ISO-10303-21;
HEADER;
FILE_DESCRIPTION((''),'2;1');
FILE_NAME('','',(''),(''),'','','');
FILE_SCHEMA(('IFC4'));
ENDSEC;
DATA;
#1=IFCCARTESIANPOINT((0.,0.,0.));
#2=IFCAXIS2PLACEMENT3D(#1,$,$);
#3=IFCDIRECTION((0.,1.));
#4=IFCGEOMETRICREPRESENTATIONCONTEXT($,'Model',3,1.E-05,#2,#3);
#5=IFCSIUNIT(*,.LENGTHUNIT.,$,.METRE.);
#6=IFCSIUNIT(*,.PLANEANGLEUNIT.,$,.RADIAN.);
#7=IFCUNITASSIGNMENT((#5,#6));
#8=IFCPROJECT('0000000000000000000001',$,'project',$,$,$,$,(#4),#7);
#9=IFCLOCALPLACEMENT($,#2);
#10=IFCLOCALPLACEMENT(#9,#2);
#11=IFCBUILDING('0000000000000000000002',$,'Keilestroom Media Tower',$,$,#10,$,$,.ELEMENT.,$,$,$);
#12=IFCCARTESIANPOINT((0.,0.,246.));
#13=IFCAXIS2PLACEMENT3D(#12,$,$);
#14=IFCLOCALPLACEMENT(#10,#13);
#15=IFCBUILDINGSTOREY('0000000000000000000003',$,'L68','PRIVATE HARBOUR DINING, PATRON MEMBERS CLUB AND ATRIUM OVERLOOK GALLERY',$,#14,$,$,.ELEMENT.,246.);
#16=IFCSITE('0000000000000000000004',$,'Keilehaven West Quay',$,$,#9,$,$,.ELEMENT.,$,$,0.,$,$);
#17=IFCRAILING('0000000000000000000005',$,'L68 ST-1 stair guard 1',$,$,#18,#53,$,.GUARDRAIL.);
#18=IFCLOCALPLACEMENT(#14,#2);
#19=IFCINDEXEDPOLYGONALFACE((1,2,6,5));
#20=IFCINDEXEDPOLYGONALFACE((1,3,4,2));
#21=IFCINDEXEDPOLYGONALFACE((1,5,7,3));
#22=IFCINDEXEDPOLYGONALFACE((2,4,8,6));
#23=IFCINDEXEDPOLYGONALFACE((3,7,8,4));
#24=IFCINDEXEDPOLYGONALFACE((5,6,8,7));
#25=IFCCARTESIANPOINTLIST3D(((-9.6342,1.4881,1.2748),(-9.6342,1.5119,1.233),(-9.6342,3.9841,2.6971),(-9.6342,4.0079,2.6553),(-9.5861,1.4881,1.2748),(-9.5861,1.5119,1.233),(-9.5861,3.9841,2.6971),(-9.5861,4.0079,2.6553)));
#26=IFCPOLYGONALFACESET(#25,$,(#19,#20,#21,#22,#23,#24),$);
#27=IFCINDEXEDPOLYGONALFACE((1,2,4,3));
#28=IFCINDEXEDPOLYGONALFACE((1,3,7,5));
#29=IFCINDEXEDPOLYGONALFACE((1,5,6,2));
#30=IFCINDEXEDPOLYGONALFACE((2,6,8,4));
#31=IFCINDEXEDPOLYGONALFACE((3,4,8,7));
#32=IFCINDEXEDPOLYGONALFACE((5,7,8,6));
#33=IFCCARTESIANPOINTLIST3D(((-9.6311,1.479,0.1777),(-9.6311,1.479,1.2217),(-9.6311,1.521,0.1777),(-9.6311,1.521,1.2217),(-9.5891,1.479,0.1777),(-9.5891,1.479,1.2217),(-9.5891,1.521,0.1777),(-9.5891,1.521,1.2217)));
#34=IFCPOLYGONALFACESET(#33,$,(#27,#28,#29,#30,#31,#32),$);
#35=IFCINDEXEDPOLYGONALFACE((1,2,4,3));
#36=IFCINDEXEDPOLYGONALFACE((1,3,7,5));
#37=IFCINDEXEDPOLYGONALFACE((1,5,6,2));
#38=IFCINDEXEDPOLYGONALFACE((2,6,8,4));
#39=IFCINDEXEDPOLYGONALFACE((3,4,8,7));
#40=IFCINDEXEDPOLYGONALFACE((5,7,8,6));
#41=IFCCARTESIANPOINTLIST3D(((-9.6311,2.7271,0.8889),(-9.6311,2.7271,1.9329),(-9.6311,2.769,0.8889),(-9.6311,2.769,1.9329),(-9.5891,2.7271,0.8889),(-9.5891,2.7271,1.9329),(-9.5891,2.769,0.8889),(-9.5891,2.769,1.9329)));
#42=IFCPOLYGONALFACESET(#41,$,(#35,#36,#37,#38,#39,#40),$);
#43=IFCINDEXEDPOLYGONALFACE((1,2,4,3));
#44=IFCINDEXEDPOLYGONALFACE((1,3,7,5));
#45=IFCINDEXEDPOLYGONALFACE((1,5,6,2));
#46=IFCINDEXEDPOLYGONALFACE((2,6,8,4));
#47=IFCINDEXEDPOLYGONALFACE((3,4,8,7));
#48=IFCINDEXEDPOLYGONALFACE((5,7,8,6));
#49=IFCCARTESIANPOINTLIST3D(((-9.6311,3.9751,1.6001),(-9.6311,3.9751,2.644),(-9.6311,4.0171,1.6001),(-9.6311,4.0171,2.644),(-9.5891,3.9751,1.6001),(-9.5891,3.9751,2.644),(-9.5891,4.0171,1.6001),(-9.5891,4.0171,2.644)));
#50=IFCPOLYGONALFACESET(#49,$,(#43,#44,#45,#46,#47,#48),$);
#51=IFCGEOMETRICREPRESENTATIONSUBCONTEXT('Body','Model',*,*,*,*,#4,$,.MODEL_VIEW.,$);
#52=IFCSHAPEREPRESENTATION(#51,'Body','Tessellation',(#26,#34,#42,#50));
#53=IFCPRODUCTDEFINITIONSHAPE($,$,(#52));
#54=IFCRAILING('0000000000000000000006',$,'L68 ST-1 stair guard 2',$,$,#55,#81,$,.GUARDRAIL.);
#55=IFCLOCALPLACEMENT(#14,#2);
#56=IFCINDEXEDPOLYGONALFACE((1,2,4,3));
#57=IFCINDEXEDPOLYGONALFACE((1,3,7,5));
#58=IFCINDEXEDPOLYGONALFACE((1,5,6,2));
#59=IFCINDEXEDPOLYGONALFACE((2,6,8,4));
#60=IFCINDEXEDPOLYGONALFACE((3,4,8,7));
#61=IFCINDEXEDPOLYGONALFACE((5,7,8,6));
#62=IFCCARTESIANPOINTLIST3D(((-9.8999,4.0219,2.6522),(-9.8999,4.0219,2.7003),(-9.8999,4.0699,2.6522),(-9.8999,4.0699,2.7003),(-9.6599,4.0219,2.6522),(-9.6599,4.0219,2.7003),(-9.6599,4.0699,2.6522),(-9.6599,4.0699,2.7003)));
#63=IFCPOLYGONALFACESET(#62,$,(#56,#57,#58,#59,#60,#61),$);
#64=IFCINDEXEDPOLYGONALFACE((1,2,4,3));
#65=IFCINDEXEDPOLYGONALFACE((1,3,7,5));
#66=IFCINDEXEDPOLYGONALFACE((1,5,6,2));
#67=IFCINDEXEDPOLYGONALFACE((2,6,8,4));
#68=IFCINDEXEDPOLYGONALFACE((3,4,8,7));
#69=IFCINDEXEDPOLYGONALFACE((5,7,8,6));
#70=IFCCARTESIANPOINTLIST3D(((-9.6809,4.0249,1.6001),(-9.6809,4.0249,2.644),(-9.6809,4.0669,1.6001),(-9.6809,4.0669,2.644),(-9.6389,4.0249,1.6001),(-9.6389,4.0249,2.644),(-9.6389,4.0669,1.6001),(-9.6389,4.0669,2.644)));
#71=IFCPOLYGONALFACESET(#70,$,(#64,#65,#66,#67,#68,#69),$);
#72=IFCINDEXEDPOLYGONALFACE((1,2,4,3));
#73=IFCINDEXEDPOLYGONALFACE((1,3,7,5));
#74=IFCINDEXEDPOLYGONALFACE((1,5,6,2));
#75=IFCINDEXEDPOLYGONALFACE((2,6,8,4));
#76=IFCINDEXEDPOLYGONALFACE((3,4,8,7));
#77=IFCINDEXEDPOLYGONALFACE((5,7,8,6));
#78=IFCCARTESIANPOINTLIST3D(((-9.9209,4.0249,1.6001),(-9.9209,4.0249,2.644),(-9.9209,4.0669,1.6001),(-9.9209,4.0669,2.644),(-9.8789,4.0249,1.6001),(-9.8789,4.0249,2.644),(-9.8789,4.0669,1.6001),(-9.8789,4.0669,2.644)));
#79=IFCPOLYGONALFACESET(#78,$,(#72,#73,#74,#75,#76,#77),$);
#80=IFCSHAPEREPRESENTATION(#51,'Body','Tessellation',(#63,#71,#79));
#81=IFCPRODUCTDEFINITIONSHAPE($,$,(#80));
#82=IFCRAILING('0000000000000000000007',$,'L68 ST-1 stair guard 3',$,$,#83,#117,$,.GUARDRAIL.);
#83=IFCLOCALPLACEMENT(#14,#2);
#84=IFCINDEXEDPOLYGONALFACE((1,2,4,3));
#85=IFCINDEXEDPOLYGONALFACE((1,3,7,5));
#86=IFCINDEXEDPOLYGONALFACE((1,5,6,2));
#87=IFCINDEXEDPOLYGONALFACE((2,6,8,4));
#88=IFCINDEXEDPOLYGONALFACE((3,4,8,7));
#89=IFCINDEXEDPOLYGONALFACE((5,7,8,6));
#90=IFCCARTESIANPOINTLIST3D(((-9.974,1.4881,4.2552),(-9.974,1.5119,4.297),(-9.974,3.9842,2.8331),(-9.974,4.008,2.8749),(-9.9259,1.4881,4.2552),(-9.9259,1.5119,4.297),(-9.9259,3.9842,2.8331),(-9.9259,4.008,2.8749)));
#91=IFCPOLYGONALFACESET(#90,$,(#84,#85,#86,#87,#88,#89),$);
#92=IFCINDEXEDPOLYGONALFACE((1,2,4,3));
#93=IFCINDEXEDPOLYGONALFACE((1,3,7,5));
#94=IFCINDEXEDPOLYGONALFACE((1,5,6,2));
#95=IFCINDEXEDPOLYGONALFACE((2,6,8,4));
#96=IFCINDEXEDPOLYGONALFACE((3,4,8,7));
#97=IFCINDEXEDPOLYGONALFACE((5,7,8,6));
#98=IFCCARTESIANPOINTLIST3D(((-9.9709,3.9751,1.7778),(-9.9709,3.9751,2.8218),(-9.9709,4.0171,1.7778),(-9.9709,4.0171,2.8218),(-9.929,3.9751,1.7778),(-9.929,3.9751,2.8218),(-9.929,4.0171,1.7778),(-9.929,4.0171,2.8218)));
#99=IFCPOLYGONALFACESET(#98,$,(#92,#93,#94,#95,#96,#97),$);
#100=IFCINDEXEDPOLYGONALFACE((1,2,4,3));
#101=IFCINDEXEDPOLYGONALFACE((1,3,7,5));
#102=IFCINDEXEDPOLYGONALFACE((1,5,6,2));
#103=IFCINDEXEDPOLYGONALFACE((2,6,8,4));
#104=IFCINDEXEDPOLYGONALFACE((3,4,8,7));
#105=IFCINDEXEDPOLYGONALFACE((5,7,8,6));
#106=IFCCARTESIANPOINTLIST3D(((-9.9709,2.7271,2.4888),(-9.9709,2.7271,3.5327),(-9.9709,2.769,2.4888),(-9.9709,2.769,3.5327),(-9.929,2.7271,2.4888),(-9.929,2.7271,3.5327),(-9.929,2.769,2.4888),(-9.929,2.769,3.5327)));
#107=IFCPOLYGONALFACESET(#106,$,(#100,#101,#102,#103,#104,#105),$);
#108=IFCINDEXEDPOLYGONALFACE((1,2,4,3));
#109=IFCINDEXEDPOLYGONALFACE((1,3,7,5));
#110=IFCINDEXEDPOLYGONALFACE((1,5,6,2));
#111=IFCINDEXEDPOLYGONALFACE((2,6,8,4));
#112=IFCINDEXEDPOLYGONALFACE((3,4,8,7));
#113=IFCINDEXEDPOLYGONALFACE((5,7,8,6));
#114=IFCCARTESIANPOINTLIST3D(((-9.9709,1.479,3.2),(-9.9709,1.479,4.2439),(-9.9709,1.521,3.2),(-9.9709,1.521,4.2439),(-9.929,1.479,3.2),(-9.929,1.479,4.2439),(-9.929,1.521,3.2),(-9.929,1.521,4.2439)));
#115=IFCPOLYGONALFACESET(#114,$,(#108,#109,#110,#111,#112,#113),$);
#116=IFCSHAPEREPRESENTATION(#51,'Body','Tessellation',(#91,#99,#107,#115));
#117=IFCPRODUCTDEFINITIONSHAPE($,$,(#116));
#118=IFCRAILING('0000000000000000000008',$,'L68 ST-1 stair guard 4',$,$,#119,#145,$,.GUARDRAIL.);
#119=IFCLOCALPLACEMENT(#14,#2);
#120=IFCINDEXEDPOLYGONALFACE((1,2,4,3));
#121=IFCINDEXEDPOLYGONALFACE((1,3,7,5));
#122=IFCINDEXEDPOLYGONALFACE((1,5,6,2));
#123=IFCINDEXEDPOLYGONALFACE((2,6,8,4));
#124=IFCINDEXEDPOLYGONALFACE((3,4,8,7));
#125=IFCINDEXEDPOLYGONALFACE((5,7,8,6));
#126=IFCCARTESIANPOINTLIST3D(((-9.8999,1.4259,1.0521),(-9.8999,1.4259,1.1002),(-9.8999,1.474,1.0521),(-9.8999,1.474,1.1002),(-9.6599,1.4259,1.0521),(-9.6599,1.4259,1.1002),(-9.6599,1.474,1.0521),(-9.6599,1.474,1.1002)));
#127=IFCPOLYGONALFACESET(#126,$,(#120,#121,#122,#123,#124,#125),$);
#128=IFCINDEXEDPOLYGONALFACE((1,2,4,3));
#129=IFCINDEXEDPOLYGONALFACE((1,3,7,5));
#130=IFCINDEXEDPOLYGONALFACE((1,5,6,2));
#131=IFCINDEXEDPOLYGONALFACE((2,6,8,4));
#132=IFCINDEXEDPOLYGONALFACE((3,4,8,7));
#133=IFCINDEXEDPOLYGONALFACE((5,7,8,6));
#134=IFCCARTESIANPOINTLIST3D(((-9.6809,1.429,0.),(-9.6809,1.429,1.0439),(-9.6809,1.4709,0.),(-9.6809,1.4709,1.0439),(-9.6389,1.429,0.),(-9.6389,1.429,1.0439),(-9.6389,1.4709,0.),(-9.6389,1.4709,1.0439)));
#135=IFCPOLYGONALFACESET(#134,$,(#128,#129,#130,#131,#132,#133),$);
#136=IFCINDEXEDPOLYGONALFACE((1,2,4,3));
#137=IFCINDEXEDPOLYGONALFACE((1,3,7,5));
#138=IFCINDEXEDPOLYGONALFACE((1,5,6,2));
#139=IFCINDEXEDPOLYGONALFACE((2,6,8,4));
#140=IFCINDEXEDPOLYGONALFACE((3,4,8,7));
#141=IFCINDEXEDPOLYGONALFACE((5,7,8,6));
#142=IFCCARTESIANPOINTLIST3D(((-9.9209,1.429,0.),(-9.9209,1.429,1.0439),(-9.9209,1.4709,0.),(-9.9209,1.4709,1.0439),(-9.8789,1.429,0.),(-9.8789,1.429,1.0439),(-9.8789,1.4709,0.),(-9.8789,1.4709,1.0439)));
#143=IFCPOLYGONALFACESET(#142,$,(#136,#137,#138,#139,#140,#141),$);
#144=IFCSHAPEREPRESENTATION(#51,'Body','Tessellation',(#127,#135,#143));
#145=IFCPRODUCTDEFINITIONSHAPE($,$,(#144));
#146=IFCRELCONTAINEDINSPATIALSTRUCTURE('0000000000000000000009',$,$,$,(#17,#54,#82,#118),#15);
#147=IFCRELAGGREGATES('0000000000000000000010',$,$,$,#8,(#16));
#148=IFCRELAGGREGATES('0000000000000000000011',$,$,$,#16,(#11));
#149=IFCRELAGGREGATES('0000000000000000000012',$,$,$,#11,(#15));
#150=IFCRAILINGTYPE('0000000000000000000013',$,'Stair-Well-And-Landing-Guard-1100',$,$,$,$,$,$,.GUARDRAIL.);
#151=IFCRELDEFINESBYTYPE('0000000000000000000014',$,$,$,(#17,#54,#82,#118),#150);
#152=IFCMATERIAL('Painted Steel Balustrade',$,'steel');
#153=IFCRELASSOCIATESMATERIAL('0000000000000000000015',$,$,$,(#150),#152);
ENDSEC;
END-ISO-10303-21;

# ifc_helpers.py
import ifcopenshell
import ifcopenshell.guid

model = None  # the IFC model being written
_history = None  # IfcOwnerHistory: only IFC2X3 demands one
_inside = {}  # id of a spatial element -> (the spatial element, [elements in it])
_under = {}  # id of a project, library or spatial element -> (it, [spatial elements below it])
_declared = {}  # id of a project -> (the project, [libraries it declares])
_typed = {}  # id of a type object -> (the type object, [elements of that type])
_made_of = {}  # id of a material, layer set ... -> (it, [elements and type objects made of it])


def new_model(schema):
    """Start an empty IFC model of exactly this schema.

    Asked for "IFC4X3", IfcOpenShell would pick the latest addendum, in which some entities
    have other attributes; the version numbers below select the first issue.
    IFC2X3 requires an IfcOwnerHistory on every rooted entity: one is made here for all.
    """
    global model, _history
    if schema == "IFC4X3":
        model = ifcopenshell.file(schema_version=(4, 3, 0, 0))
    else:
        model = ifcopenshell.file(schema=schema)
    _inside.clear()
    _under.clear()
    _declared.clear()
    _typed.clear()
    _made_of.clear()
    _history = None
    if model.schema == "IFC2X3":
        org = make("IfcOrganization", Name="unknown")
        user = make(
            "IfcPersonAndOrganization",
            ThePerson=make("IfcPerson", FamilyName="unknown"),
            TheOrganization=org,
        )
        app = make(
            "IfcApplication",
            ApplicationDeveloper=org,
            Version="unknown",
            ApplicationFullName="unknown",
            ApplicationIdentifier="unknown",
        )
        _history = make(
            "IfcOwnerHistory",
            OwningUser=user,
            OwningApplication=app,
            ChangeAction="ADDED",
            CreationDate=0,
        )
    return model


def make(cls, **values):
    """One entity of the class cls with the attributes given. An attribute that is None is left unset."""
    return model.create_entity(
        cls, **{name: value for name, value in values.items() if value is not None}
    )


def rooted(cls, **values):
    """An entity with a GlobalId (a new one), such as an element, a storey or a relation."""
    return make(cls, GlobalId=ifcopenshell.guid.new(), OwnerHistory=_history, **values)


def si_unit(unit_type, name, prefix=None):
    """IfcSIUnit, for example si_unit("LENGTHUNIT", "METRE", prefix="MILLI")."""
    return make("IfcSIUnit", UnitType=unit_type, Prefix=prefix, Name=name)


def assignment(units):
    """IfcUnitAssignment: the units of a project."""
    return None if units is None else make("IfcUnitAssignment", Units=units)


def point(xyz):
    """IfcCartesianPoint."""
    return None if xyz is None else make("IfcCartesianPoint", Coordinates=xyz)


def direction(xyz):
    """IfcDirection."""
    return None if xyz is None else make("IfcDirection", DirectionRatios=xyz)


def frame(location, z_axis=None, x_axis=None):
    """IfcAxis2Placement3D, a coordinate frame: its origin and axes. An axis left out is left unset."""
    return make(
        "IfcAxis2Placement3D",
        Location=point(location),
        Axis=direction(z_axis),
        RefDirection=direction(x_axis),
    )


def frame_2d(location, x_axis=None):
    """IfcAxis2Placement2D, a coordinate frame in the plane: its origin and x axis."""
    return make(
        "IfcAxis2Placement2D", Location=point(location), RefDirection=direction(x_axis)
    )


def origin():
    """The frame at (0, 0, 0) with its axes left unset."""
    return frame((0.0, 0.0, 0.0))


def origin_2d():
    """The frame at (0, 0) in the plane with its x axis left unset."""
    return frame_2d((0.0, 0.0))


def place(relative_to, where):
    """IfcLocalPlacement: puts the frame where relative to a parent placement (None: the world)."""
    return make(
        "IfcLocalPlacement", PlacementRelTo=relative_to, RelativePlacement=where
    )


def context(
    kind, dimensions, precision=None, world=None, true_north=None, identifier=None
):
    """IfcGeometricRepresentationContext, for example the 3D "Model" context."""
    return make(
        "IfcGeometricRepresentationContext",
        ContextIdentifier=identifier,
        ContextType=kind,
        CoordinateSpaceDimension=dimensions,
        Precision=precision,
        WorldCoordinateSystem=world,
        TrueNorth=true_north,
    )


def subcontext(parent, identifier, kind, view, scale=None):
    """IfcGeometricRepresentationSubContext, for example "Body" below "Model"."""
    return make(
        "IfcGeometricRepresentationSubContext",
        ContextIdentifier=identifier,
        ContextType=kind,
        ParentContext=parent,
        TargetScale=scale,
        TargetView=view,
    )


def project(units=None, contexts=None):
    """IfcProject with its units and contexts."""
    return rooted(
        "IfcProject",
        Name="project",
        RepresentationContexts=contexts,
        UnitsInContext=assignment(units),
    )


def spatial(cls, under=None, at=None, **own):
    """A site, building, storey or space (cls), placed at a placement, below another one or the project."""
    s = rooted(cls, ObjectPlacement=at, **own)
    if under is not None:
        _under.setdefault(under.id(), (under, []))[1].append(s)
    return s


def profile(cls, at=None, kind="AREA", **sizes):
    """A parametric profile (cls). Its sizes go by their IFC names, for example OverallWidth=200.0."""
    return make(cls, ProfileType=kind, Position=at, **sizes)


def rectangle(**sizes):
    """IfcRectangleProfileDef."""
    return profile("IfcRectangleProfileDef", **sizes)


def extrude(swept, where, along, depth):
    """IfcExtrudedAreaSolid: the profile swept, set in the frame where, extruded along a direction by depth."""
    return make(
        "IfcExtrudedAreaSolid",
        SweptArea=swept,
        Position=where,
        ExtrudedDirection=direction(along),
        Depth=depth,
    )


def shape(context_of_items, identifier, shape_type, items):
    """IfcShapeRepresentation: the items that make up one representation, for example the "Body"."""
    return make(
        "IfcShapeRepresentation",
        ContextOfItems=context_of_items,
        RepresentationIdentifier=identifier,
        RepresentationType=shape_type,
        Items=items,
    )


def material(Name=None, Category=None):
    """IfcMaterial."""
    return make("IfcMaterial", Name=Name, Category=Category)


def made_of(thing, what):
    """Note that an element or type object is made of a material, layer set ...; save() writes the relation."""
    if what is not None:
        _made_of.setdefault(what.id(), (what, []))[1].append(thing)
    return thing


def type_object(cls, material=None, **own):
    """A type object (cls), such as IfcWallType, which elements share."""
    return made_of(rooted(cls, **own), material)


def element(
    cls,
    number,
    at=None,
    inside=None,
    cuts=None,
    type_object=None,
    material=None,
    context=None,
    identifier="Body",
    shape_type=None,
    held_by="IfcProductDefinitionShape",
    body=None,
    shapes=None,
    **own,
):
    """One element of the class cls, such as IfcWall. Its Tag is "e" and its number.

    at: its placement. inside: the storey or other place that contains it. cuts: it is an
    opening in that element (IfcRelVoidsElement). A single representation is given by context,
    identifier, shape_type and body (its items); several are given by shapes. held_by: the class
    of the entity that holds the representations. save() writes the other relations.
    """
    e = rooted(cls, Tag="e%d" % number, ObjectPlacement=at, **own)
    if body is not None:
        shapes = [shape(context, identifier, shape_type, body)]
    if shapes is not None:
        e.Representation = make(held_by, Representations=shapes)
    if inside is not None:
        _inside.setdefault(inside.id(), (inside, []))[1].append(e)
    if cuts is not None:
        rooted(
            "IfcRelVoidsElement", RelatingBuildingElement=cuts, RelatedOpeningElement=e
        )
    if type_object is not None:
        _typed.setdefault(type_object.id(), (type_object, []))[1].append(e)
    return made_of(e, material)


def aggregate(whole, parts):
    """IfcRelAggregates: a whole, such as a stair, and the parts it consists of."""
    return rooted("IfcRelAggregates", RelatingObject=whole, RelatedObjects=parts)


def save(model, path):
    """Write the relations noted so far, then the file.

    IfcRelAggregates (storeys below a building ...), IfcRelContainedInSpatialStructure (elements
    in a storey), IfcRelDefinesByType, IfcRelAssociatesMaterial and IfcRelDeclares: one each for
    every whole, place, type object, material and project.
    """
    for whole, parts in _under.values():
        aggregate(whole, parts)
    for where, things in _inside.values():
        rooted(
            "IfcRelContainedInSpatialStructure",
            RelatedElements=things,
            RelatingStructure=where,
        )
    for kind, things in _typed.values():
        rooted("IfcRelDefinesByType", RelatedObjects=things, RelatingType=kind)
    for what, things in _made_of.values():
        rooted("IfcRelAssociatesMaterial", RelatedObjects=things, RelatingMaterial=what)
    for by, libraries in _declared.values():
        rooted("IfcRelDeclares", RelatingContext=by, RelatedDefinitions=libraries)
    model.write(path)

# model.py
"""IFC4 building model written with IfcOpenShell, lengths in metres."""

from ifc_helpers import new_model, si_unit, direction, frame, origin, origin_2d, place, context, subcontext, project, spatial, rectangle, extrude, material, type_object, element, save


model = new_model("IFC4")

# Units and contexts
model_context = context("Model", 3, precision=1e-05, world=origin(), true_north=direction((0.0, 1.0)))
body_context = subcontext(model_context, "Body", "Model", "MODEL_VIEW")
ifc_project = project(units=[si_unit("LENGTHUNIT", "METRE"), si_unit("PLANEANGLEUNIT", "RADIAN")], contexts=[model_context])

# Site, building, storey
site_placement = place(None, origin())
site = spatial("IfcSite", under=ifc_project, at=site_placement, Name="Keilehaven West Quay", CompositionType="ELEMENT", RefElevation=0.0)
building_placement = place(site_placement, origin())
building = spatial("IfcBuilding", under=site, at=building_placement, Name="Keilestroom Media Tower", CompositionType="ELEMENT")
storey_placement = place(building_placement, frame((0.0, 0.0, 246.0)))
storey = spatial("IfcBuildingStorey", under=building, at=storey_placement, Name="L68", Description="PRIVATE HARBOUR DINING, PATRON MEMBERS CLUB AND ATRIUM OVERLOOK GALLERY", CompositionType="ELEMENT", Elevation=246.0)

# Railings
ifc_material_1 = material(Name="Painted Steel Balustrade", Category="steel")
railing_type_1 = type_object("IfcRailingType", Name="Stair-Well-And-Landing-Guard-1100", PredefinedType="GUARDRAIL", material=ifc_material_1)
railing_1_placement = place(storey_placement, frame((-9.6101, 1.5, 0.1777)))
element("IfcRailing", 1, at=railing_1_placement, inside=storey, type_object=railing_type_1, Name="L68 ST-1 stair guard 1", PredefinedType="GUARDRAIL", context=body_context, shape_type="SweptSolid", body=[
    extrude(rectangle(XDim=0.0481, YDim=0.0481, at=origin_2d()), frame((0.0, 0.0, 1.0762), z_axis=(0.0, 0.868839, 0.495095), x_axis=(-1.0, 0.0, 0.0)), (0.0, 0.0, 1.0), 2.8728),
    extrude(rectangle(XDim=0.042, YDim=0.042, at=origin_2d()), origin(), (0.0, 0.0, 1.0), 1.0439),
    extrude(rectangle(XDim=0.042, YDim=0.042, at=origin_2d()), frame((0.0, 1.248, 0.7112)), (0.0, 0.0, 1.0), 1.0439),
    extrude(rectangle(XDim=0.042, YDim=0.042, at=origin_2d()), frame((0.0, 2.4961, 1.4224)), (0.0, 0.0, 1.0), 1.0439),
])
railing_2_placement = place(storey_placement, frame((-9.6599, 4.0459, 1.6001)))
element("IfcRailing", 2, at=railing_2_placement, inside=storey, type_object=railing_type_1, Name="L68 ST-1 stair guard 2", PredefinedType="GUARDRAIL", context=body_context, shape_type="SweptSolid", body=[
    extrude(rectangle(XDim=0.0481, YDim=0.0481, at=origin_2d()), frame((0.0, 0.0, 1.0762), z_axis=(-1.0, 0.0, 0.0), x_axis=(0.0, -1.0, 0.0)), (0.0, 0.0, 1.0), 0.24),
    extrude(rectangle(XDim=0.042, YDim=0.042, at=origin_2d()), origin(), (0.0, 0.0, 1.0), 1.0439),
    extrude(rectangle(XDim=0.042, YDim=0.042, at=origin_2d()), frame((-0.24, 0.0, 0.0)), (0.0, 0.0, 1.0), 1.0439),
])
railing_3_placement = place(storey_placement, frame((-9.95, 3.9961, 1.7778)))
element("IfcRailing", 3, at=railing_3_placement, inside=storey, type_object=railing_type_1, Name="L68 ST-1 stair guard 3", PredefinedType="GUARDRAIL", context=body_context, shape_type="SweptSolid", body=[
    extrude(rectangle(XDim=0.0481, YDim=0.0481, at=origin_2d()), frame((0.0, 0.0, 1.0762), z_axis=(0.0, -0.868875, 0.495031), x_axis=(1.0, 0.0, 0.0)), (0.0, 0.0, 1.0), 2.8728),
    extrude(rectangle(XDim=0.042, YDim=0.042, at=origin_2d()), origin(), (0.0, 0.0, 1.0), 1.0439),
    extrude(rectangle(XDim=0.042, YDim=0.042, at=origin_2d()), frame((0.0, -1.248, 0.7109)), (0.0, 0.0, 1.0), 1.0439),
    extrude(rectangle(XDim=0.042, YDim=0.042, at=origin_2d()), frame((0.0, -2.4961, 1.4221)), (0.0, 0.0, 1.0), 1.0439),
])
railing_4_placement = place(storey_placement, frame((-9.6599, 1.45, 0.0)))
element("IfcRailing", 4, at=railing_4_placement, inside=storey, type_object=railing_type_1, Name="L68 ST-1 stair guard 4", PredefinedType="GUARDRAIL", context=body_context, shape_type="SweptSolid", body=[
    extrude(rectangle(XDim=0.0481, YDim=0.0481, at=origin_2d()), frame((0.0, 0.0, 1.0762), z_axis=(-1.0, 0.0, 0.0), x_axis=(0.0, -1.0, 0.0)), (0.0, 0.0, 1.0), 0.24),
    extrude(rectangle(XDim=0.042, YDim=0.042, at=origin_2d()), origin(), (0.0, 0.0, 1.0), 1.0439),
    extrude(rectangle(XDim=0.042, YDim=0.042, at=origin_2d()), frame((-0.24, 0.0, 0.0)), (0.0, 0.0, 1.0), 1.0439),
])

save(model, "model.ifc")
